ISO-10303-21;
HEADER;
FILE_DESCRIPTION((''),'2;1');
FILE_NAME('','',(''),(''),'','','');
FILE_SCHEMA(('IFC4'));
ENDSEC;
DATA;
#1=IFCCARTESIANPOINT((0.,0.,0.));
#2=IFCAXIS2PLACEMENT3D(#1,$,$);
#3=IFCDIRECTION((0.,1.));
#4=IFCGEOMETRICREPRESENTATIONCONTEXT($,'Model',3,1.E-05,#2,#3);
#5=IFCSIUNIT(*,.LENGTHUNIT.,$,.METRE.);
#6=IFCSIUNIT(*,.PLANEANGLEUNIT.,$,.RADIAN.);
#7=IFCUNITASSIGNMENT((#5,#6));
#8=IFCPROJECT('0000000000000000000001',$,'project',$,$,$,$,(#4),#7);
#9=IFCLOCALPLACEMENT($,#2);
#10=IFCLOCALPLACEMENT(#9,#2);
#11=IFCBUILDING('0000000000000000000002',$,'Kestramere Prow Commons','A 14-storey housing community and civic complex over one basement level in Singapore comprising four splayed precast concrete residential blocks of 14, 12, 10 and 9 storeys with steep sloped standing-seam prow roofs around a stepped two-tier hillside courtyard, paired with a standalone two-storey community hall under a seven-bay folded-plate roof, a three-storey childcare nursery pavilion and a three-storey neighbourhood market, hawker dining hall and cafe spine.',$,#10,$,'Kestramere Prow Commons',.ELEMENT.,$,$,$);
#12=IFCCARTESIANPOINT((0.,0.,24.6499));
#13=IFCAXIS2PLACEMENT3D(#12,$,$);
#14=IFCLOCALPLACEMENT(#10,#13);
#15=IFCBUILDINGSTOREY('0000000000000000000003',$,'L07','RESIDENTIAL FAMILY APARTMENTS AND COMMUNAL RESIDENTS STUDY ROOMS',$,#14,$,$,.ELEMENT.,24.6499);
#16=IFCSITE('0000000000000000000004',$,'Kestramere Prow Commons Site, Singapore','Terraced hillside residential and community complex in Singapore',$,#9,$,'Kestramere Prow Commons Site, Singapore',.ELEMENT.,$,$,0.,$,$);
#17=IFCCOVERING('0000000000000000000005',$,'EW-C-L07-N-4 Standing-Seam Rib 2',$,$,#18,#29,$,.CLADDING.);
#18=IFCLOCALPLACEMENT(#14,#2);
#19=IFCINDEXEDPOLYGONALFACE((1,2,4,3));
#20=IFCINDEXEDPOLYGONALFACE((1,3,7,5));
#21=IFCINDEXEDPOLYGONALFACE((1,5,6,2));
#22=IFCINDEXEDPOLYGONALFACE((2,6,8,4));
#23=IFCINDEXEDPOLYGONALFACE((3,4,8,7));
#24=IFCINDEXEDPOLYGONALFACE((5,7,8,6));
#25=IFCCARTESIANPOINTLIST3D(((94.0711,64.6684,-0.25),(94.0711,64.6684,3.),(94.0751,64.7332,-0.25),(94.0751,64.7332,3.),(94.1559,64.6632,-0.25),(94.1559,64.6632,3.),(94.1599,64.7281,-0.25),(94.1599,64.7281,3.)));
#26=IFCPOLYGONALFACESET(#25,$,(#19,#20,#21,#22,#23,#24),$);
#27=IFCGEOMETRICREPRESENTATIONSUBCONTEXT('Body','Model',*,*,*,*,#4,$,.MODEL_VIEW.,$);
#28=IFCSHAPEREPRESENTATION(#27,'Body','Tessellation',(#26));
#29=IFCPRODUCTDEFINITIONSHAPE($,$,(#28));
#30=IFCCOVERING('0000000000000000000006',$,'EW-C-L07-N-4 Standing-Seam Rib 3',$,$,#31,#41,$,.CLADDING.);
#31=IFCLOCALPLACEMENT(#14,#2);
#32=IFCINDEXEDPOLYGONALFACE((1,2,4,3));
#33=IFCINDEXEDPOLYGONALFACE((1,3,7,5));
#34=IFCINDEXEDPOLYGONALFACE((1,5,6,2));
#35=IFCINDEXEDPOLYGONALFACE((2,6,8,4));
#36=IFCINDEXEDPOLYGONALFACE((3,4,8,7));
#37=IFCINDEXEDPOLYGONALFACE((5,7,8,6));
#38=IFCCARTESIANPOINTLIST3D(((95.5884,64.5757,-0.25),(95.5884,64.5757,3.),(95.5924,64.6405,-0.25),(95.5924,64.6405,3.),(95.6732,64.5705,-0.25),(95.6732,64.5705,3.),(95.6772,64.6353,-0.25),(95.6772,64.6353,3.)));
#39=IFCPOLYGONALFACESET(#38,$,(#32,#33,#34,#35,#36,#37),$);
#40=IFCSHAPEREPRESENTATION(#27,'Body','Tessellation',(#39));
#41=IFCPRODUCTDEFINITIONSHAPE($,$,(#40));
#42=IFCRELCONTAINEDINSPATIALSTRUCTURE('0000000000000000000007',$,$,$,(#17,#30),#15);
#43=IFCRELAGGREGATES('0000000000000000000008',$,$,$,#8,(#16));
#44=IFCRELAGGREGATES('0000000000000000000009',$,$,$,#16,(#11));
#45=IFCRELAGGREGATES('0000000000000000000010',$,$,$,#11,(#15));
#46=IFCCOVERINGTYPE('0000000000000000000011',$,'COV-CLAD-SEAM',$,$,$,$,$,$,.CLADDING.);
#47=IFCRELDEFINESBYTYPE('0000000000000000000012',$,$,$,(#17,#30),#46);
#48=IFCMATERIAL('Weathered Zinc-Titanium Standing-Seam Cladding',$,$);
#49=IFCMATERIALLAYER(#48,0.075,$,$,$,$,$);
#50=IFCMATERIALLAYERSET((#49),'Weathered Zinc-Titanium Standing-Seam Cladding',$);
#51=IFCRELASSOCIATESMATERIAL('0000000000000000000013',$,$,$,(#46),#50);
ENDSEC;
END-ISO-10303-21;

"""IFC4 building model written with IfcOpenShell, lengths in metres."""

from ifc_helpers import new_model, si_unit, direction, frame, origin, origin_2d, place, context, subcontext, project, spatial, rectangle, extrude, material, layer, layer_set, type_object, element, save


model = new_model("IFC4")

# Units and contexts
model_context = context("Model", 3, precision=1e-05, world=origin(), true_north=direction((0.0, 1.0)))
body_context = subcontext(model_context, "Body", "Model", "MODEL_VIEW")
ifc_project = project(units=[si_unit("LENGTHUNIT", "METRE"), si_unit("PLANEANGLEUNIT", "RADIAN")], contexts=[model_context])

# Site, building, storey
site_placement = place(None, origin())
site = spatial("IfcSite", under=ifc_project, at=site_placement, Name="Kestramere Prow Commons Site, Singapore", Description="Terraced hillside residential and community complex in Singapore", LongName="Kestramere Prow Commons Site, Singapore", CompositionType="ELEMENT", RefElevation=0.0)
building_placement = place(site_placement, origin())
building = spatial("IfcBuilding", under=site, at=building_placement, Name="Kestramere Prow Commons", Description="A 14-storey housing community and civic complex over one basement level in Singapore comprising four splayed precast concrete residential blocks of 14, 12, 10 and 9 storeys with steep sloped standing-seam prow roofs around a stepped two-tier hillside courtyard, paired with a standalone two-storey community hall under a seven-bay folded-plate roof, a three-storey childcare nursery pavilion and a three-storey neighbourhood market, hawker dining hall and cafe spine.", LongName="Kestramere Prow Commons", CompositionType="ELEMENT")
storey_placement = place(building_placement, frame((0.0, 0.0, 24.6499)))
storey = spatial("IfcBuildingStorey", under=building, at=storey_placement, Name="L07", Description="RESIDENTIAL FAMILY APARTMENTS AND COMMUNAL RESIDENTS STUDY ROOMS", CompositionType="ELEMENT", Elevation=24.6499)

# Coverings
ifc_material_1 = material(Name="Weathered Zinc-Titanium Standing-Seam Cladding")
ifc_layer_1 = layer(ifc_material_1, 0.075)
ifc_layer_set_1 = layer_set([ifc_layer_1], Name="Weathered Zinc-Titanium Standing-Seam Cladding")
covering_type = type_object("IfcCoveringType", Name="COV-CLAD-SEAM", PredefinedType="CLADDING", material=ifc_layer_set_1)
for number, where, z_axis, x_axis, name in (
    (1, (94.1155, 64.6982, -0.25), (0.0, 0.0, 1.0), (0.998135, -0.061049, 0.0), "EW-C-L07-N-4 Standing-Seam Rib 2"),
    (2, (95.6328, 64.6055, -0.25), (0.0, 0.0, 1.0), (0.998135, -0.061049, 0.0), "EW-C-L07-N-4 Standing-Seam Rib 3"),
):
    element("IfcCovering", number, at=place(storey_placement, frame(where, z_axis=z_axis, x_axis=x_axis)), inside=storey, type_object=covering_type, Name=name, PredefinedType="CLADDING", context=body_context, shape_type="SweptSolid", body=[
        extrude(rectangle(XDim=0.085, YDim=0.0649, at=origin_2d()), origin(), (0.0, 0.0, 1.0), 3.25),
    ])

save(model, "model.ifc")
